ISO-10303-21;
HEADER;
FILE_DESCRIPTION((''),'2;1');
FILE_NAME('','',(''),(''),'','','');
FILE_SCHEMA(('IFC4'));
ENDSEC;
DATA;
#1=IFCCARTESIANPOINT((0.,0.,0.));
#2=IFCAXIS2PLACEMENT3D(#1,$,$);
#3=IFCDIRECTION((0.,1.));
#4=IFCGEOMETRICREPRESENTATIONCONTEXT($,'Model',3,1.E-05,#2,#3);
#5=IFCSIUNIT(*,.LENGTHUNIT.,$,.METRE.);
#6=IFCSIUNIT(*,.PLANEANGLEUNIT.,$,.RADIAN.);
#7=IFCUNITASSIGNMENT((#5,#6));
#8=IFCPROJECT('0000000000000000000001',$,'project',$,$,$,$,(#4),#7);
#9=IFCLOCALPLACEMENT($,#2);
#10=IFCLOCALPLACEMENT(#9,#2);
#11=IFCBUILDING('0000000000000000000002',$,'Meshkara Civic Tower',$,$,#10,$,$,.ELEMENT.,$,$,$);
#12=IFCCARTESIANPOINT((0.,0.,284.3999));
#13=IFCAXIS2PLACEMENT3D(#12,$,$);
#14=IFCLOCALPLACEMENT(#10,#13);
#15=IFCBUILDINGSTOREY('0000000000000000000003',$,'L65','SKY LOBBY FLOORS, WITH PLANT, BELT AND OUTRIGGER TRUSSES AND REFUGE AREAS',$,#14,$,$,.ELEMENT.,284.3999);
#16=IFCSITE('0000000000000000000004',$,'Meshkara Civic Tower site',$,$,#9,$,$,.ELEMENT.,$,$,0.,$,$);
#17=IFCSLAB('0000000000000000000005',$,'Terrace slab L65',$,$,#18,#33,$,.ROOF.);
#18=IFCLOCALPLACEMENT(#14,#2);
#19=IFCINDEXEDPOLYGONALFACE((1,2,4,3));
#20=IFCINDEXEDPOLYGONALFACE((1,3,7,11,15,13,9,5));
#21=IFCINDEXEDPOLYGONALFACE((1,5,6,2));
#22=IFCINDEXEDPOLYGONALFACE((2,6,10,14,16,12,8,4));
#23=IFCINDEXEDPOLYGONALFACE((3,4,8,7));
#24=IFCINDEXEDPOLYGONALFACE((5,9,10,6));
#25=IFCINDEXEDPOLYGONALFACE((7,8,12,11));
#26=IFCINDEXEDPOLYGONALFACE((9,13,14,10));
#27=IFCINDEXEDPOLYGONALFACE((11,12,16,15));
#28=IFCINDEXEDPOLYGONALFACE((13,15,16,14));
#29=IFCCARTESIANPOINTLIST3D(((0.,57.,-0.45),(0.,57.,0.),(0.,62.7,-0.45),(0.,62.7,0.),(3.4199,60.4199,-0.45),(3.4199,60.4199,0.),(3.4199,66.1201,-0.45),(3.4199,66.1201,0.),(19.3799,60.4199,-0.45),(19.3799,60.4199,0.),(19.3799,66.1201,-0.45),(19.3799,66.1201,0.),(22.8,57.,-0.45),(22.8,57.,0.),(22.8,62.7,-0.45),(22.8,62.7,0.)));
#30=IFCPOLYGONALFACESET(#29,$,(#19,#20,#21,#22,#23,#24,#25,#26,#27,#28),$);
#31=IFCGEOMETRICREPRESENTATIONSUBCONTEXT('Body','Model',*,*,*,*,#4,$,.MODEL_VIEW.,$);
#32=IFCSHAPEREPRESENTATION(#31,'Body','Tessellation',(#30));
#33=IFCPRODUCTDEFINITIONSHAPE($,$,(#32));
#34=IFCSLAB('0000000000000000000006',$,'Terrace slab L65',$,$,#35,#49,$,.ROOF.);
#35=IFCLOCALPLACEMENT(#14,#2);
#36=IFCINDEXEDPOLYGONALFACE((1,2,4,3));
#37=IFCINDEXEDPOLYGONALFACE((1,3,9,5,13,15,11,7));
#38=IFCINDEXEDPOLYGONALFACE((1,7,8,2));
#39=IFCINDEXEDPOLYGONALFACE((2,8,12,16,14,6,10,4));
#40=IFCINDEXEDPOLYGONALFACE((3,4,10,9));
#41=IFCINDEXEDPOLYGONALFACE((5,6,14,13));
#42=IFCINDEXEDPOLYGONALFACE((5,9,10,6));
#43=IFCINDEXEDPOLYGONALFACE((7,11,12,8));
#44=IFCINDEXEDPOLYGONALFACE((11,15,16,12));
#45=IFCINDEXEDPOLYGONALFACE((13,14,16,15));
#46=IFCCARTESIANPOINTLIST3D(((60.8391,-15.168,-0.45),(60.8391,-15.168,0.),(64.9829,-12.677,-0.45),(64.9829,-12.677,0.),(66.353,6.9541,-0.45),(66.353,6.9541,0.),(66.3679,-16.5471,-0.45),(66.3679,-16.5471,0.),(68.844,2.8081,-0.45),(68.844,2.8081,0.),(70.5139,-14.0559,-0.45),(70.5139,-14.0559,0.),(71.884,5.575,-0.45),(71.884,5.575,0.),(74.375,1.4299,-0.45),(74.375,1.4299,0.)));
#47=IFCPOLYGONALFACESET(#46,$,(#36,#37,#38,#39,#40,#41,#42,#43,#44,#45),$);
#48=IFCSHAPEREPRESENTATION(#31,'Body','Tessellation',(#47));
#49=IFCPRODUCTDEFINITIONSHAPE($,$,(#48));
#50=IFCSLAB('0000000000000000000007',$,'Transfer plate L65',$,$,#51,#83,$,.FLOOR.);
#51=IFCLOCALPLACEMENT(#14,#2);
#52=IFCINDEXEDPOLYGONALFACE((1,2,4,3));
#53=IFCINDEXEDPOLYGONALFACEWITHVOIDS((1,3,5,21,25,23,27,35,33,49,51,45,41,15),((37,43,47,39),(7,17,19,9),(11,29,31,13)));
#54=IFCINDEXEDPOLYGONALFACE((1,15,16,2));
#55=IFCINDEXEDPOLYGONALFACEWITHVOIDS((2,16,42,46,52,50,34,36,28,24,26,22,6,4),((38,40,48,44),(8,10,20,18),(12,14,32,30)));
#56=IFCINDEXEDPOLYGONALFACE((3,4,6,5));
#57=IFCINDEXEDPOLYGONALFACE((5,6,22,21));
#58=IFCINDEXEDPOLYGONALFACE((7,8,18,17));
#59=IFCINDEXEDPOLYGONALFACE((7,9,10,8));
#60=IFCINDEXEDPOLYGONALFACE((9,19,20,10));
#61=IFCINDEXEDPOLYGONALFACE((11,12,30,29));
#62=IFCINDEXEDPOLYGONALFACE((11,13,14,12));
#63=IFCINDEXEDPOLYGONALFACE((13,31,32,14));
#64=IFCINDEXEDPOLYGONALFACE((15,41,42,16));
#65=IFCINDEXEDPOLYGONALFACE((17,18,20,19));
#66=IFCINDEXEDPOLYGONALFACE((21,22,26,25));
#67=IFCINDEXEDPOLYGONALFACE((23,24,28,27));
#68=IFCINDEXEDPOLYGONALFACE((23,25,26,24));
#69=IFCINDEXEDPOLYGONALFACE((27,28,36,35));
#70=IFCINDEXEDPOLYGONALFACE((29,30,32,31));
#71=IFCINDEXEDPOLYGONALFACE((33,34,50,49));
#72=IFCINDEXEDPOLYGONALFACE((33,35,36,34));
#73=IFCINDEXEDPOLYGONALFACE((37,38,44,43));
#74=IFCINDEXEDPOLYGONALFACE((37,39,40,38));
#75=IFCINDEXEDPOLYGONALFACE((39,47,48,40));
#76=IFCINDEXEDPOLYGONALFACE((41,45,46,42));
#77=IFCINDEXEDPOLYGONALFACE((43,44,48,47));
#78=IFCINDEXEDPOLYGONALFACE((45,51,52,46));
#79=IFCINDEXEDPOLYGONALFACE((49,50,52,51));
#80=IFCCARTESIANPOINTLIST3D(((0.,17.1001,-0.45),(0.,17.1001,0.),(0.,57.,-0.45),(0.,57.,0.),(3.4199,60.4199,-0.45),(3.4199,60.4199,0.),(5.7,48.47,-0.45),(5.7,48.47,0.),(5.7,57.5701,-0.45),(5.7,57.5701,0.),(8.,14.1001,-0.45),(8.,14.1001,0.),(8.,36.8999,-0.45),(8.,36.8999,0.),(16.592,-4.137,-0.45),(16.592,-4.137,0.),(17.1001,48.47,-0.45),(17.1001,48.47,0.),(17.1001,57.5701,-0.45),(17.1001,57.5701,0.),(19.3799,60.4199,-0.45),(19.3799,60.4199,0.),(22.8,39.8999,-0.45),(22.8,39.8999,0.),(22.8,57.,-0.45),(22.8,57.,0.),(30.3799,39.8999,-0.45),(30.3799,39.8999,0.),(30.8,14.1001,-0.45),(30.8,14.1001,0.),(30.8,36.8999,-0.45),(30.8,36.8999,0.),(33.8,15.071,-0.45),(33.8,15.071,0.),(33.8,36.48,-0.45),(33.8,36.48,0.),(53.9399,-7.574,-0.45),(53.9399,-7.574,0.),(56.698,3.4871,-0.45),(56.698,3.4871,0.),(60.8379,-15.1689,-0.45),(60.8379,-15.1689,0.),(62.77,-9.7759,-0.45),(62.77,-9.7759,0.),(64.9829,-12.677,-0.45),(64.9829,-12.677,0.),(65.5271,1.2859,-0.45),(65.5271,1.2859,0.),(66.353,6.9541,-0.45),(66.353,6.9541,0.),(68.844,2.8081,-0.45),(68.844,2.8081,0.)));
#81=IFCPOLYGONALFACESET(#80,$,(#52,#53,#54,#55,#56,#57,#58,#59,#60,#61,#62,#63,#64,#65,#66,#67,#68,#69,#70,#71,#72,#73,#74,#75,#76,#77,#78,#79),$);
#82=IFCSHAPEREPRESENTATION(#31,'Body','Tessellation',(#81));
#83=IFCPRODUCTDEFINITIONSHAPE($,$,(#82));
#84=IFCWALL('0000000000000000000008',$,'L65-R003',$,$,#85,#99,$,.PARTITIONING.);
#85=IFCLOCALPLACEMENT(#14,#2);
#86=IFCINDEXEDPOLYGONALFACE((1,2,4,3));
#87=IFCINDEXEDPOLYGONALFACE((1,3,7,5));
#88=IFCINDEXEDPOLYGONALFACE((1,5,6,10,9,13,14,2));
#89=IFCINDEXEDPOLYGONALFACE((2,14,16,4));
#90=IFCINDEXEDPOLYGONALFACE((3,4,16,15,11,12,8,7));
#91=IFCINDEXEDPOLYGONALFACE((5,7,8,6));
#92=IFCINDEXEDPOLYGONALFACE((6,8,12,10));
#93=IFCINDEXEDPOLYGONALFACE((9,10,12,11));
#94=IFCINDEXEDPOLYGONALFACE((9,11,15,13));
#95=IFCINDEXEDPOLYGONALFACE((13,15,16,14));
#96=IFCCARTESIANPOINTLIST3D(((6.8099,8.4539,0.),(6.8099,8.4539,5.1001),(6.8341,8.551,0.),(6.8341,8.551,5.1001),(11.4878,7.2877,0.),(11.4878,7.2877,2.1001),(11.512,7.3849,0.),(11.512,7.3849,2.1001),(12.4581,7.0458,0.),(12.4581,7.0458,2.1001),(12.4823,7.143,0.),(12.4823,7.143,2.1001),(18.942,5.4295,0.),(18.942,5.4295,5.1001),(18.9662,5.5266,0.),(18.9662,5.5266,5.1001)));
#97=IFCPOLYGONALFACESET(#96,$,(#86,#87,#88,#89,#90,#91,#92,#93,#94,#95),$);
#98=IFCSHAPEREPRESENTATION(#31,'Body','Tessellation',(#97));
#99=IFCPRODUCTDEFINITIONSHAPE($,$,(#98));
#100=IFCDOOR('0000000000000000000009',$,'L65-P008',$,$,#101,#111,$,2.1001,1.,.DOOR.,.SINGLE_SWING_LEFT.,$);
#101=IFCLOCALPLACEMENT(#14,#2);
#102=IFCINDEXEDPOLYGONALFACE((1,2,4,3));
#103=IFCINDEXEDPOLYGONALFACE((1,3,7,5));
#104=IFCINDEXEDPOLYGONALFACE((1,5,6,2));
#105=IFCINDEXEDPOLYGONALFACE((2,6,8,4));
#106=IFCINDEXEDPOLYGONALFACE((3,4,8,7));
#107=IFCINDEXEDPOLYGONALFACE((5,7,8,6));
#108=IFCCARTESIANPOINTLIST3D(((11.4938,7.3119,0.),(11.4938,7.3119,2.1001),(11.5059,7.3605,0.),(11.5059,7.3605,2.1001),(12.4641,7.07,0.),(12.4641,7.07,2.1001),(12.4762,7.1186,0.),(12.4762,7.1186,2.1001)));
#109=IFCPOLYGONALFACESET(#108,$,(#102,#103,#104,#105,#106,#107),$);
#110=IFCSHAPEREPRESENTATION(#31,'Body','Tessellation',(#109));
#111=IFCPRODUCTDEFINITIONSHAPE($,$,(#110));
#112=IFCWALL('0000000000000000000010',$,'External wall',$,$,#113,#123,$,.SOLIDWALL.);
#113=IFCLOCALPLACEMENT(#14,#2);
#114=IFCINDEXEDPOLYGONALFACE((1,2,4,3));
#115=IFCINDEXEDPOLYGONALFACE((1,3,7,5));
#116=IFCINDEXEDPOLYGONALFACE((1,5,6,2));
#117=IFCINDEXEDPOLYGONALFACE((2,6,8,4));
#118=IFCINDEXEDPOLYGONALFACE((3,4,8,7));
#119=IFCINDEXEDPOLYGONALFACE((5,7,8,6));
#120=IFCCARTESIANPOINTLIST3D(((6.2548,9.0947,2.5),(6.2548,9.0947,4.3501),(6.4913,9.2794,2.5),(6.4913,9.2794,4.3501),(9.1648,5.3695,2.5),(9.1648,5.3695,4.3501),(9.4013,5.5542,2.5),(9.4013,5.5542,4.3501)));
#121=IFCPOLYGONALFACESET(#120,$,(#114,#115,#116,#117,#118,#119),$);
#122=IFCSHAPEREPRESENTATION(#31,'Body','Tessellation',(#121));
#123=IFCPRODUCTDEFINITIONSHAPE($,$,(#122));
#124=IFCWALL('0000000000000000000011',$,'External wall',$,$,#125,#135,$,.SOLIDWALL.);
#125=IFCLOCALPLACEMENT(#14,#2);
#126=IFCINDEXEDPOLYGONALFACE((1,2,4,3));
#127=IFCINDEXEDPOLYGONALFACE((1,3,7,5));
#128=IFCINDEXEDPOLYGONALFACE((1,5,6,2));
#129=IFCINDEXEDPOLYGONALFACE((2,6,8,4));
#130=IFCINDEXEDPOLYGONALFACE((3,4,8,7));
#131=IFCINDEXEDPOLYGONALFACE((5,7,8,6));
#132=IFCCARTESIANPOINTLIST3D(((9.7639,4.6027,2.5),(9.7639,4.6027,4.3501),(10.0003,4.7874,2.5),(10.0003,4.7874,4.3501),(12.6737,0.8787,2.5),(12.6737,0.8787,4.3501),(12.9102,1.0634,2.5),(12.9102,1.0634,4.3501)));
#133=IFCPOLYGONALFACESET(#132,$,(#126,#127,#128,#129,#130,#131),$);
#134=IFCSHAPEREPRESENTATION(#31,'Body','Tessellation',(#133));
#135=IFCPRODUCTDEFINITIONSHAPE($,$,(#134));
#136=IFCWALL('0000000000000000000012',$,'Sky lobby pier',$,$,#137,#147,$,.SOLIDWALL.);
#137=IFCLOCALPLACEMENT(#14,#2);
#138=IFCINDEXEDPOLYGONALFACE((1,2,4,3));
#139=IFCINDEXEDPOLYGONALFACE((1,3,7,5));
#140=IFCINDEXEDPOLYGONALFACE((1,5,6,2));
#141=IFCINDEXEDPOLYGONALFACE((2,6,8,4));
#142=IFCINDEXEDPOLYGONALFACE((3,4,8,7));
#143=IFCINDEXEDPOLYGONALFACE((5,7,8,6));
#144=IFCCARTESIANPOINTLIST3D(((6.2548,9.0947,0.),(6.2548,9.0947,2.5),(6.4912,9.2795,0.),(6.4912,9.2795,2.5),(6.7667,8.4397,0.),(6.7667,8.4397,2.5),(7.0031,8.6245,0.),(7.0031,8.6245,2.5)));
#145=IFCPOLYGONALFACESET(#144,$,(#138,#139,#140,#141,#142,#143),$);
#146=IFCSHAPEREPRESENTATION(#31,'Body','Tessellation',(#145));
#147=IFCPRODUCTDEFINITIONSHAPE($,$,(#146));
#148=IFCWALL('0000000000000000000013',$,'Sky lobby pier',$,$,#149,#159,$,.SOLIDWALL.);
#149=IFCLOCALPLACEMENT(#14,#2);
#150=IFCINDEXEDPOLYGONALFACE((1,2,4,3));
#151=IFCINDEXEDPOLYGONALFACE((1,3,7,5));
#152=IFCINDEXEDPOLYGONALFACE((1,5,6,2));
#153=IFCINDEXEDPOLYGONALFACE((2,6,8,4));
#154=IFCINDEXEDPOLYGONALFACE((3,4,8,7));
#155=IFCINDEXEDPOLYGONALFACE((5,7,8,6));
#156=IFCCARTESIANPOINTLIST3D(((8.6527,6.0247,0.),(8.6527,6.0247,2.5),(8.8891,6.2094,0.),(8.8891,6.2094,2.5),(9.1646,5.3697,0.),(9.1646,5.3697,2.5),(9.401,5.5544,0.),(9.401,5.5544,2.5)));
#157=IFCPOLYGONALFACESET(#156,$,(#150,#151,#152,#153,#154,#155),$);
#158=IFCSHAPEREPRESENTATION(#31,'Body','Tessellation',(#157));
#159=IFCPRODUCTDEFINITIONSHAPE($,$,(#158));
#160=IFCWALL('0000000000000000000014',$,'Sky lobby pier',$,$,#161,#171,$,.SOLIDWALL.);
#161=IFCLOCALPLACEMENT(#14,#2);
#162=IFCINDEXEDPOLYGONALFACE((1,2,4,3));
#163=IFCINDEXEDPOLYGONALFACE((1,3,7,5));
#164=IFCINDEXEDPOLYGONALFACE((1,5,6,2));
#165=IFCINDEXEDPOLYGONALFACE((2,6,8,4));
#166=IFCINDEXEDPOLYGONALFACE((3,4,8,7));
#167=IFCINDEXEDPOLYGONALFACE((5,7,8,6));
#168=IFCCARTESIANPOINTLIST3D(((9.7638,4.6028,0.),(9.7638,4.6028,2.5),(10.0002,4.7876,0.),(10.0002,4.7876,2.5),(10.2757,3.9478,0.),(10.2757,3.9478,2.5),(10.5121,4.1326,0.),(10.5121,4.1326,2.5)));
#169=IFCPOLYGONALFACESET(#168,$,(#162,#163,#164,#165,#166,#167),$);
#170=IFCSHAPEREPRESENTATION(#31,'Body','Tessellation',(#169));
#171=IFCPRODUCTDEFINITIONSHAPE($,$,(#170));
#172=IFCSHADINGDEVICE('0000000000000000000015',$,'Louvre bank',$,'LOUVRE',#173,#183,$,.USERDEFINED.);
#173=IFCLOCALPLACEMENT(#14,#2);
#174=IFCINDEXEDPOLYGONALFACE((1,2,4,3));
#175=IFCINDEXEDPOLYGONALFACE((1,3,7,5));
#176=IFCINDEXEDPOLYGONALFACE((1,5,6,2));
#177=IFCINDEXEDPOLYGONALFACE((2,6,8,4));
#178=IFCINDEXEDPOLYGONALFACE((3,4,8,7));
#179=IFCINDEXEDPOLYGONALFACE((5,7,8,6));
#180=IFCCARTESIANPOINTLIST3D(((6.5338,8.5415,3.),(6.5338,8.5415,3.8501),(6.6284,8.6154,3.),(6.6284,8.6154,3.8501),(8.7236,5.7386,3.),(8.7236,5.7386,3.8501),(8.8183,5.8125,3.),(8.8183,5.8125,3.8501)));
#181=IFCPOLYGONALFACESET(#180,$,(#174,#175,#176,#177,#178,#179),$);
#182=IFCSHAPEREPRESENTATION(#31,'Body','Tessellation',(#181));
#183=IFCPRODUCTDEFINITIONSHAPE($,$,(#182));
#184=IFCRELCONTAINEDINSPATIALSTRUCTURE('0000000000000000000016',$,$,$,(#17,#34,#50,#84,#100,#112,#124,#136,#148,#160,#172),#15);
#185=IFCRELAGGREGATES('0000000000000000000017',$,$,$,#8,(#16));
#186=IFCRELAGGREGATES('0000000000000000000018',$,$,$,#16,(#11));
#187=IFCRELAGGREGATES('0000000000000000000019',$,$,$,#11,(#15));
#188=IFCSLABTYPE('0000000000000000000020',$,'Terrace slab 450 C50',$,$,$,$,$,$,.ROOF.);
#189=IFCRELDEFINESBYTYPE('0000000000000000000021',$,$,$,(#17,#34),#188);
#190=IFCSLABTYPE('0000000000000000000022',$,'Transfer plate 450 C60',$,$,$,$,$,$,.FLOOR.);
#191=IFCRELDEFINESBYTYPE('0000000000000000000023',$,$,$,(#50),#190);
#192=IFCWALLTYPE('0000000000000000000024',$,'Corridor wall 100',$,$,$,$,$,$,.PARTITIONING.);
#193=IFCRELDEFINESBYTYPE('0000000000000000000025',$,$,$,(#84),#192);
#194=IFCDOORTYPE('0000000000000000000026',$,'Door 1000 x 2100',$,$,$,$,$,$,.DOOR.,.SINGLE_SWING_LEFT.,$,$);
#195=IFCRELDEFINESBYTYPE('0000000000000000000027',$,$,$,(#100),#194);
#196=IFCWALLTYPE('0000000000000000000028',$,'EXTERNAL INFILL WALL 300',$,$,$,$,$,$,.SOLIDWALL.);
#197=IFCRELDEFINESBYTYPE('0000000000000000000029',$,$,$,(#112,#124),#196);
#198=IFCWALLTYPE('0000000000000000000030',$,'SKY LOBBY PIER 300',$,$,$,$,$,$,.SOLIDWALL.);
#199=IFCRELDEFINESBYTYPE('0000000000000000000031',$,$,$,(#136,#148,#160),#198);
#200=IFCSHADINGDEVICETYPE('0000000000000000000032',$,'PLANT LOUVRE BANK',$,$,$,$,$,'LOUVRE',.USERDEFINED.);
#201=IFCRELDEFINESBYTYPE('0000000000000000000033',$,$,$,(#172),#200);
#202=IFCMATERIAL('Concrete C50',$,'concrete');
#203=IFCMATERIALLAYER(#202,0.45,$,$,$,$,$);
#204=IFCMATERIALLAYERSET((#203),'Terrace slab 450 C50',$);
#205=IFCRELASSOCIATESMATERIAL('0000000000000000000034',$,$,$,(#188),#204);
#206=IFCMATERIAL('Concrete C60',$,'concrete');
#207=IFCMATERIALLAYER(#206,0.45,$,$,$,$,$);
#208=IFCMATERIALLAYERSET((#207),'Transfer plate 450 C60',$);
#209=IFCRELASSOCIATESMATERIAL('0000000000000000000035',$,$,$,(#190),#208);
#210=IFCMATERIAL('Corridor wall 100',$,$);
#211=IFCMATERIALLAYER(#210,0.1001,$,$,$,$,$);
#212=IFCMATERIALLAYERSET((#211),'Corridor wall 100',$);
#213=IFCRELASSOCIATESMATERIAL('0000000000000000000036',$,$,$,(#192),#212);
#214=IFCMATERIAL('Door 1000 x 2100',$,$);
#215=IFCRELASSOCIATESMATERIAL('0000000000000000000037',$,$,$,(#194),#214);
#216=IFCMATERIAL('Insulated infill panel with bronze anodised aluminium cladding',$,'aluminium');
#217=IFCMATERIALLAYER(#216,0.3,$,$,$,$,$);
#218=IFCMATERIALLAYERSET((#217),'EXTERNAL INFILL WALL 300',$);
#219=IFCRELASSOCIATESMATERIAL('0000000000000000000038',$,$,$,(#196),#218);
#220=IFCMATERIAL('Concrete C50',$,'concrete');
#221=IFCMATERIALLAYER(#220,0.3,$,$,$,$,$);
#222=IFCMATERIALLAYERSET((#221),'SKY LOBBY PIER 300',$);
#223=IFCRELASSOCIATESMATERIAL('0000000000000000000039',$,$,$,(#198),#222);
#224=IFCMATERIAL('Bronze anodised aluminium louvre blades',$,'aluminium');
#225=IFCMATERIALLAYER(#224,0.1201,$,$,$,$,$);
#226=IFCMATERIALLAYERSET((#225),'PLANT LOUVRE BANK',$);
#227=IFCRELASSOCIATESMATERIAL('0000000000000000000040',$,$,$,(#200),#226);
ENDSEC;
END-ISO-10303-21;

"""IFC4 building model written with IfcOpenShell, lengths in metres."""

from ifc_helpers import new_model, si_unit, direction, frame, frame_2d, origin, origin_2d, place, context, subcontext, project, spatial, polyline, rectangle, outline, extrude, material, layer, layer_set, type_object, element, fill, save


model = new_model("IFC4")

# Units and contexts
model_context = context("Model", 3, precision=1e-05, world=origin(), true_north=direction((0.0, 1.0)))
body_context = subcontext(model_context, "Body", "Model", "MODEL_VIEW")
ifc_project = project(units=[si_unit("LENGTHUNIT", "METRE"), si_unit("PLANEANGLEUNIT", "RADIAN")], contexts=[model_context])

# Site, building, storey
site_placement = place(None, origin())
site = spatial("IfcSite", under=ifc_project, at=site_placement, Name="Meshkara Civic Tower site", CompositionType="ELEMENT", RefElevation=0.0)
building_placement = place(site_placement, origin())
building = spatial("IfcBuilding", under=site, at=building_placement, Name="Meshkara Civic Tower", CompositionType="ELEMENT")
storey_placement = place(building_placement, frame((0.0, 0.0, 284.3999)))
storey = spatial("IfcBuildingStorey", under=building, at=storey_placement, Name="L65", Description="SKY LOBBY FLOORS, WITH PLANT, BELT AND OUTRIGGER TRUSSES AND REFUGE AREAS", CompositionType="ELEMENT", Elevation=284.3999)

# Slabs
ifc_material_1 = material(Name="Concrete C50", Category="concrete")
ifc_layer_1 = layer(ifc_material_1, 0.45)
ifc_layer_set_1 = layer_set([ifc_layer_1], Name="Terrace slab 450 C50")
slab_type_1 = type_object("IfcSlabType", Name="Terrace slab 450 C50", PredefinedType="ROOF", material=ifc_layer_set_1)
slab_1_placement = place(storey_placement, frame((0.0, 0.0, -0.45)))
element("IfcSlab", 1, at=slab_1_placement, inside=storey, type_object=slab_type_1, Name="Terrace slab L65", PredefinedType="ROOF", context=body_context, shape_type="SweptSolid", body=[
    extrude(outline(polyline([(3.4199, 66.1201), (19.3799, 66.1201), (22.8, 62.7), (22.8, 57.0), (19.3799, 60.4199), (3.4199, 60.4199), (0.0, 57.0), (0.0, 62.7), (3.4199, 66.1201)])), origin(), (0.0, 0.0, 1.0), 0.45),
])
slab_2_placement = place(storey_placement, frame((0.0, 0.0, -0.45)))
element("IfcSlab", 2, at=slab_2_placement, inside=storey, type_object=slab_type_1, Name="Terrace slab L65", PredefinedType="ROOF", context=body_context, shape_type="SweptSolid", body=[
    extrude(outline(polyline([(74.375, 1.4299), (70.5139, -14.0559), (66.3679, -16.5471), (60.8391, -15.168), (64.9829, -12.677), (68.844, 2.8081), (66.353, 6.9541), (71.884, 5.575), (74.375, 1.4299)])), origin(), (0.0, 0.0, 1.0), 0.45),
])
ifc_material_2 = material(Name="Concrete C60", Category="concrete")
ifc_layer_2 = layer(ifc_material_2, 0.45)
ifc_layer_set_2 = layer_set([ifc_layer_2], Name="Transfer plate 450 C60")
slab_type_2 = type_object("IfcSlabType", Name="Transfer plate 450 C60", PredefinedType="FLOOR", material=ifc_layer_set_2)
slab_3_placement = place(storey_placement, frame((0.0, 0.0, -0.45)))
element("IfcSlab", 3, at=slab_3_placement, inside=storey, type_object=slab_type_2, Name="Transfer plate L65", PredefinedType="FLOOR", context=body_context, shape_type="SweptSolid", body=[
    extrude(outline(polyline([(64.9829, -12.677), (60.8379, -15.1689), (16.592, -4.137), (0.0, 17.1001), (0.0, 57.0), (3.4199, 60.4199), (19.3799, 60.4199), (22.8, 57.0), (22.8, 39.8999), (30.3799, 39.8999), (33.8, 36.48), (33.8, 15.071), (66.353, 6.9541), (68.844, 2.8081), (64.9829, -12.677)]), holes=[polyline([(62.77, -9.7759), (65.5271, 1.2859), (56.698, 3.4871), (53.9399, -7.574), (62.77, -9.7759)]), polyline([(8.0, 14.1001), (30.8, 14.1001), (30.8, 36.8999), (8.0, 36.8999), (8.0, 14.1001)]), polyline([(5.7, 57.5701), (5.7, 48.47), (17.1001, 48.47), (17.1001, 57.5701), (5.7, 57.5701)])]), origin(), (0.0, 0.0, 1.0), 0.45),
])

# Wall, opening, door
ifc_material_3 = material(Name="Corridor wall 100")
ifc_layer_3 = layer(ifc_material_3, 0.1001)
ifc_layer_set_3 = layer_set([ifc_layer_3], Name="Corridor wall 100")
wall_type_1 = type_object("IfcWallType", Name="Corridor wall 100", PredefinedType="PARTITIONING", material=ifc_layer_set_3)
wall_1_placement = place(storey_placement, frame((6.822, 8.5024, 0.0), z_axis=(0.0, 0.0, 1.0), x_axis=(0.970304, -0.241888, 0.0)))
wall_1 = element("IfcWall", 4, at=wall_1_placement, inside=storey, type_object=wall_type_1, Name="L65-R003", PredefinedType="PARTITIONING", context=body_context, shape_type="SweptSolid", body=[
    extrude(rectangle(XDim=12.5034, YDim=0.1001, at=frame_2d((6.2517, 0.0))), origin(), (0.0, 0.0, 1.0), 5.1001),
])
opening_placement = place(wall_1_placement, frame((4.821, 0.0, 0.0)))
opening = element("IfcOpeningElement", 5, at=opening_placement, cuts=wall_1, PredefinedType="OPENING", context=body_context, shape_type="SweptSolid", body=[
    extrude(rectangle(XDim=1.0, YDim=2.1001, at=frame_2d((0.5, 1.05))), frame((0.0, 0.0601, 0.0), z_axis=(0.0, -1.0, 0.0), x_axis=(1.0, 0.0, 0.0)), (0.0, 0.0, 1.0), 0.1201),
])
ifc_material_4 = material(Name="Door 1000 x 2100")
door_type = type_object("IfcDoorType", Name="Door 1000 x 2100", OperationType="SINGLE_SWING_LEFT", PredefinedType="DOOR", material=ifc_material_4)
door_placement = place(opening_placement, origin())
door = element("IfcDoor", 6, at=door_placement, inside=storey, type_object=door_type, Name="L65-P008", OperationType="SINGLE_SWING_LEFT", OverallHeight=2.1001, OverallWidth=1.0, PredefinedType="DOOR", context=body_context, shape_type="SweptSolid", body=[
    extrude(rectangle(XDim=1.0, YDim=2.1001, at=frame_2d((0.5, 1.05))), frame((0.0, 0.0249, 0.0), z_axis=(0.0, -1.0, 0.0), x_axis=(1.0, 0.0, 0.0)), (0.0, 0.0, 1.0), 0.05),
])
fill(opening, door)

# Walls
ifc_material_5 = material(Name="Insulated infill panel with bronze anodised aluminium cladding", Category="aluminium")
ifc_layer_4 = layer(ifc_material_5, 0.3)
ifc_layer_set_4 = layer_set([ifc_layer_4], Name="EXTERNAL INFILL WALL 300")
wall_type_2 = type_object("IfcWallType", Name="EXTERNAL INFILL WALL 300", PredefinedType="SOLIDWALL", material=ifc_layer_set_4)
wall_2_placement = place(storey_placement, frame((6.373, 9.187, 2.5), z_axis=(0.0, 0.0, 1.0), x_axis=(0.615602, -0.788057, 0.0)))
element("IfcWall", 7, at=wall_2_placement, inside=storey, type_object=wall_type_2, Name="External wall", PredefinedType="SOLIDWALL", context=body_context, shape_type="SweptSolid", body=[
    extrude(rectangle(XDim=4.7271, YDim=0.3, at=frame_2d((2.3635, 0.0))), origin(), (0.0, 0.0, 1.0), 1.8501),
])
wall_3_placement = place(storey_placement, frame((9.8821, 4.6951, 2.5), z_axis=(0.0, 0.0, 1.0), x_axis=(0.615702, -0.787979, 0.0)))
element("IfcWall", 8, at=wall_3_placement, inside=storey, type_object=wall_type_2, Name="External wall", PredefinedType="SOLIDWALL", context=body_context, shape_type="SweptSolid", body=[
    extrude(rectangle(XDim=4.7261, YDim=0.3, at=frame_2d((2.363, 0.0))), origin(), (0.0, 0.0, 1.0), 1.8501),
])
ifc_material_6 = material(Name="Concrete C50", Category="concrete")
ifc_layer_5 = layer(ifc_material_6, 0.3)
ifc_layer_set_5 = layer_set([ifc_layer_5], Name="SKY LOBBY PIER 300")
wall_type_3 = type_object("IfcWallType", Name="SKY LOBBY PIER 300", PredefinedType="SOLIDWALL", material=ifc_layer_set_5)
for number, where, z_axis, x_axis, name in (
    (9, (6.373, 9.187, 0.0), (0.0, 0.0, 1.0), (0.615809, -0.787895, 0.0), "Sky lobby pier"),
    (10, (8.771, 6.1169, 0.0), (0.0, 0.0, 1.0), (0.615809, -0.787895, 0.0), "Sky lobby pier"),
    (11, (9.8821, 4.6951, 0.0), (0.0, 0.0, 1.0), (0.615809, -0.787895, 0.0), "Sky lobby pier"),
):
    element("IfcWall", number, at=place(storey_placement, frame(where, z_axis=z_axis, x_axis=x_axis)), inside=storey, type_object=wall_type_3, Name=name, PredefinedType="SOLIDWALL", context=body_context, shape_type="SweptSolid", body=[
        extrude(rectangle(XDim=0.8313, YDim=0.3, at=frame_2d((0.4155, 0.0))), origin(), (0.0, 0.0, 1.0), 2.5),
    ])

# Shading device
ifc_material_7 = material(Name="Bronze anodised aluminium louvre blades", Category="aluminium")
ifc_layer_6 = layer(ifc_material_7, 0.1201)
ifc_layer_set_6 = layer_set([ifc_layer_6], Name="PLANT LOUVRE BANK")
shading_device_type = type_object("IfcShadingDeviceType", Name="PLANT LOUVRE BANK", ElementType="LOUVRE", PredefinedType="USERDEFINED", material=ifc_layer_set_6)
shading_device_placement = place(storey_placement, frame((7.676, 7.177, 3.0), z_axis=(0.0, 0.0, 1.0), x_axis=(0.615661, -0.788011, 0.0)))
element("IfcShadingDevice", 12, at=shading_device_placement, inside=storey, type_object=shading_device_type, Name="Louvre bank", ObjectType="LOUVRE", PredefinedType="USERDEFINED", context=body_context, shape_type="SweptSolid", body=[
    extrude(rectangle(XDim=3.5569, YDim=0.1201, at=origin_2d()), origin(), (0.0, 0.0, 1.0), 0.8501),
])

save(model, "model.ifc")
